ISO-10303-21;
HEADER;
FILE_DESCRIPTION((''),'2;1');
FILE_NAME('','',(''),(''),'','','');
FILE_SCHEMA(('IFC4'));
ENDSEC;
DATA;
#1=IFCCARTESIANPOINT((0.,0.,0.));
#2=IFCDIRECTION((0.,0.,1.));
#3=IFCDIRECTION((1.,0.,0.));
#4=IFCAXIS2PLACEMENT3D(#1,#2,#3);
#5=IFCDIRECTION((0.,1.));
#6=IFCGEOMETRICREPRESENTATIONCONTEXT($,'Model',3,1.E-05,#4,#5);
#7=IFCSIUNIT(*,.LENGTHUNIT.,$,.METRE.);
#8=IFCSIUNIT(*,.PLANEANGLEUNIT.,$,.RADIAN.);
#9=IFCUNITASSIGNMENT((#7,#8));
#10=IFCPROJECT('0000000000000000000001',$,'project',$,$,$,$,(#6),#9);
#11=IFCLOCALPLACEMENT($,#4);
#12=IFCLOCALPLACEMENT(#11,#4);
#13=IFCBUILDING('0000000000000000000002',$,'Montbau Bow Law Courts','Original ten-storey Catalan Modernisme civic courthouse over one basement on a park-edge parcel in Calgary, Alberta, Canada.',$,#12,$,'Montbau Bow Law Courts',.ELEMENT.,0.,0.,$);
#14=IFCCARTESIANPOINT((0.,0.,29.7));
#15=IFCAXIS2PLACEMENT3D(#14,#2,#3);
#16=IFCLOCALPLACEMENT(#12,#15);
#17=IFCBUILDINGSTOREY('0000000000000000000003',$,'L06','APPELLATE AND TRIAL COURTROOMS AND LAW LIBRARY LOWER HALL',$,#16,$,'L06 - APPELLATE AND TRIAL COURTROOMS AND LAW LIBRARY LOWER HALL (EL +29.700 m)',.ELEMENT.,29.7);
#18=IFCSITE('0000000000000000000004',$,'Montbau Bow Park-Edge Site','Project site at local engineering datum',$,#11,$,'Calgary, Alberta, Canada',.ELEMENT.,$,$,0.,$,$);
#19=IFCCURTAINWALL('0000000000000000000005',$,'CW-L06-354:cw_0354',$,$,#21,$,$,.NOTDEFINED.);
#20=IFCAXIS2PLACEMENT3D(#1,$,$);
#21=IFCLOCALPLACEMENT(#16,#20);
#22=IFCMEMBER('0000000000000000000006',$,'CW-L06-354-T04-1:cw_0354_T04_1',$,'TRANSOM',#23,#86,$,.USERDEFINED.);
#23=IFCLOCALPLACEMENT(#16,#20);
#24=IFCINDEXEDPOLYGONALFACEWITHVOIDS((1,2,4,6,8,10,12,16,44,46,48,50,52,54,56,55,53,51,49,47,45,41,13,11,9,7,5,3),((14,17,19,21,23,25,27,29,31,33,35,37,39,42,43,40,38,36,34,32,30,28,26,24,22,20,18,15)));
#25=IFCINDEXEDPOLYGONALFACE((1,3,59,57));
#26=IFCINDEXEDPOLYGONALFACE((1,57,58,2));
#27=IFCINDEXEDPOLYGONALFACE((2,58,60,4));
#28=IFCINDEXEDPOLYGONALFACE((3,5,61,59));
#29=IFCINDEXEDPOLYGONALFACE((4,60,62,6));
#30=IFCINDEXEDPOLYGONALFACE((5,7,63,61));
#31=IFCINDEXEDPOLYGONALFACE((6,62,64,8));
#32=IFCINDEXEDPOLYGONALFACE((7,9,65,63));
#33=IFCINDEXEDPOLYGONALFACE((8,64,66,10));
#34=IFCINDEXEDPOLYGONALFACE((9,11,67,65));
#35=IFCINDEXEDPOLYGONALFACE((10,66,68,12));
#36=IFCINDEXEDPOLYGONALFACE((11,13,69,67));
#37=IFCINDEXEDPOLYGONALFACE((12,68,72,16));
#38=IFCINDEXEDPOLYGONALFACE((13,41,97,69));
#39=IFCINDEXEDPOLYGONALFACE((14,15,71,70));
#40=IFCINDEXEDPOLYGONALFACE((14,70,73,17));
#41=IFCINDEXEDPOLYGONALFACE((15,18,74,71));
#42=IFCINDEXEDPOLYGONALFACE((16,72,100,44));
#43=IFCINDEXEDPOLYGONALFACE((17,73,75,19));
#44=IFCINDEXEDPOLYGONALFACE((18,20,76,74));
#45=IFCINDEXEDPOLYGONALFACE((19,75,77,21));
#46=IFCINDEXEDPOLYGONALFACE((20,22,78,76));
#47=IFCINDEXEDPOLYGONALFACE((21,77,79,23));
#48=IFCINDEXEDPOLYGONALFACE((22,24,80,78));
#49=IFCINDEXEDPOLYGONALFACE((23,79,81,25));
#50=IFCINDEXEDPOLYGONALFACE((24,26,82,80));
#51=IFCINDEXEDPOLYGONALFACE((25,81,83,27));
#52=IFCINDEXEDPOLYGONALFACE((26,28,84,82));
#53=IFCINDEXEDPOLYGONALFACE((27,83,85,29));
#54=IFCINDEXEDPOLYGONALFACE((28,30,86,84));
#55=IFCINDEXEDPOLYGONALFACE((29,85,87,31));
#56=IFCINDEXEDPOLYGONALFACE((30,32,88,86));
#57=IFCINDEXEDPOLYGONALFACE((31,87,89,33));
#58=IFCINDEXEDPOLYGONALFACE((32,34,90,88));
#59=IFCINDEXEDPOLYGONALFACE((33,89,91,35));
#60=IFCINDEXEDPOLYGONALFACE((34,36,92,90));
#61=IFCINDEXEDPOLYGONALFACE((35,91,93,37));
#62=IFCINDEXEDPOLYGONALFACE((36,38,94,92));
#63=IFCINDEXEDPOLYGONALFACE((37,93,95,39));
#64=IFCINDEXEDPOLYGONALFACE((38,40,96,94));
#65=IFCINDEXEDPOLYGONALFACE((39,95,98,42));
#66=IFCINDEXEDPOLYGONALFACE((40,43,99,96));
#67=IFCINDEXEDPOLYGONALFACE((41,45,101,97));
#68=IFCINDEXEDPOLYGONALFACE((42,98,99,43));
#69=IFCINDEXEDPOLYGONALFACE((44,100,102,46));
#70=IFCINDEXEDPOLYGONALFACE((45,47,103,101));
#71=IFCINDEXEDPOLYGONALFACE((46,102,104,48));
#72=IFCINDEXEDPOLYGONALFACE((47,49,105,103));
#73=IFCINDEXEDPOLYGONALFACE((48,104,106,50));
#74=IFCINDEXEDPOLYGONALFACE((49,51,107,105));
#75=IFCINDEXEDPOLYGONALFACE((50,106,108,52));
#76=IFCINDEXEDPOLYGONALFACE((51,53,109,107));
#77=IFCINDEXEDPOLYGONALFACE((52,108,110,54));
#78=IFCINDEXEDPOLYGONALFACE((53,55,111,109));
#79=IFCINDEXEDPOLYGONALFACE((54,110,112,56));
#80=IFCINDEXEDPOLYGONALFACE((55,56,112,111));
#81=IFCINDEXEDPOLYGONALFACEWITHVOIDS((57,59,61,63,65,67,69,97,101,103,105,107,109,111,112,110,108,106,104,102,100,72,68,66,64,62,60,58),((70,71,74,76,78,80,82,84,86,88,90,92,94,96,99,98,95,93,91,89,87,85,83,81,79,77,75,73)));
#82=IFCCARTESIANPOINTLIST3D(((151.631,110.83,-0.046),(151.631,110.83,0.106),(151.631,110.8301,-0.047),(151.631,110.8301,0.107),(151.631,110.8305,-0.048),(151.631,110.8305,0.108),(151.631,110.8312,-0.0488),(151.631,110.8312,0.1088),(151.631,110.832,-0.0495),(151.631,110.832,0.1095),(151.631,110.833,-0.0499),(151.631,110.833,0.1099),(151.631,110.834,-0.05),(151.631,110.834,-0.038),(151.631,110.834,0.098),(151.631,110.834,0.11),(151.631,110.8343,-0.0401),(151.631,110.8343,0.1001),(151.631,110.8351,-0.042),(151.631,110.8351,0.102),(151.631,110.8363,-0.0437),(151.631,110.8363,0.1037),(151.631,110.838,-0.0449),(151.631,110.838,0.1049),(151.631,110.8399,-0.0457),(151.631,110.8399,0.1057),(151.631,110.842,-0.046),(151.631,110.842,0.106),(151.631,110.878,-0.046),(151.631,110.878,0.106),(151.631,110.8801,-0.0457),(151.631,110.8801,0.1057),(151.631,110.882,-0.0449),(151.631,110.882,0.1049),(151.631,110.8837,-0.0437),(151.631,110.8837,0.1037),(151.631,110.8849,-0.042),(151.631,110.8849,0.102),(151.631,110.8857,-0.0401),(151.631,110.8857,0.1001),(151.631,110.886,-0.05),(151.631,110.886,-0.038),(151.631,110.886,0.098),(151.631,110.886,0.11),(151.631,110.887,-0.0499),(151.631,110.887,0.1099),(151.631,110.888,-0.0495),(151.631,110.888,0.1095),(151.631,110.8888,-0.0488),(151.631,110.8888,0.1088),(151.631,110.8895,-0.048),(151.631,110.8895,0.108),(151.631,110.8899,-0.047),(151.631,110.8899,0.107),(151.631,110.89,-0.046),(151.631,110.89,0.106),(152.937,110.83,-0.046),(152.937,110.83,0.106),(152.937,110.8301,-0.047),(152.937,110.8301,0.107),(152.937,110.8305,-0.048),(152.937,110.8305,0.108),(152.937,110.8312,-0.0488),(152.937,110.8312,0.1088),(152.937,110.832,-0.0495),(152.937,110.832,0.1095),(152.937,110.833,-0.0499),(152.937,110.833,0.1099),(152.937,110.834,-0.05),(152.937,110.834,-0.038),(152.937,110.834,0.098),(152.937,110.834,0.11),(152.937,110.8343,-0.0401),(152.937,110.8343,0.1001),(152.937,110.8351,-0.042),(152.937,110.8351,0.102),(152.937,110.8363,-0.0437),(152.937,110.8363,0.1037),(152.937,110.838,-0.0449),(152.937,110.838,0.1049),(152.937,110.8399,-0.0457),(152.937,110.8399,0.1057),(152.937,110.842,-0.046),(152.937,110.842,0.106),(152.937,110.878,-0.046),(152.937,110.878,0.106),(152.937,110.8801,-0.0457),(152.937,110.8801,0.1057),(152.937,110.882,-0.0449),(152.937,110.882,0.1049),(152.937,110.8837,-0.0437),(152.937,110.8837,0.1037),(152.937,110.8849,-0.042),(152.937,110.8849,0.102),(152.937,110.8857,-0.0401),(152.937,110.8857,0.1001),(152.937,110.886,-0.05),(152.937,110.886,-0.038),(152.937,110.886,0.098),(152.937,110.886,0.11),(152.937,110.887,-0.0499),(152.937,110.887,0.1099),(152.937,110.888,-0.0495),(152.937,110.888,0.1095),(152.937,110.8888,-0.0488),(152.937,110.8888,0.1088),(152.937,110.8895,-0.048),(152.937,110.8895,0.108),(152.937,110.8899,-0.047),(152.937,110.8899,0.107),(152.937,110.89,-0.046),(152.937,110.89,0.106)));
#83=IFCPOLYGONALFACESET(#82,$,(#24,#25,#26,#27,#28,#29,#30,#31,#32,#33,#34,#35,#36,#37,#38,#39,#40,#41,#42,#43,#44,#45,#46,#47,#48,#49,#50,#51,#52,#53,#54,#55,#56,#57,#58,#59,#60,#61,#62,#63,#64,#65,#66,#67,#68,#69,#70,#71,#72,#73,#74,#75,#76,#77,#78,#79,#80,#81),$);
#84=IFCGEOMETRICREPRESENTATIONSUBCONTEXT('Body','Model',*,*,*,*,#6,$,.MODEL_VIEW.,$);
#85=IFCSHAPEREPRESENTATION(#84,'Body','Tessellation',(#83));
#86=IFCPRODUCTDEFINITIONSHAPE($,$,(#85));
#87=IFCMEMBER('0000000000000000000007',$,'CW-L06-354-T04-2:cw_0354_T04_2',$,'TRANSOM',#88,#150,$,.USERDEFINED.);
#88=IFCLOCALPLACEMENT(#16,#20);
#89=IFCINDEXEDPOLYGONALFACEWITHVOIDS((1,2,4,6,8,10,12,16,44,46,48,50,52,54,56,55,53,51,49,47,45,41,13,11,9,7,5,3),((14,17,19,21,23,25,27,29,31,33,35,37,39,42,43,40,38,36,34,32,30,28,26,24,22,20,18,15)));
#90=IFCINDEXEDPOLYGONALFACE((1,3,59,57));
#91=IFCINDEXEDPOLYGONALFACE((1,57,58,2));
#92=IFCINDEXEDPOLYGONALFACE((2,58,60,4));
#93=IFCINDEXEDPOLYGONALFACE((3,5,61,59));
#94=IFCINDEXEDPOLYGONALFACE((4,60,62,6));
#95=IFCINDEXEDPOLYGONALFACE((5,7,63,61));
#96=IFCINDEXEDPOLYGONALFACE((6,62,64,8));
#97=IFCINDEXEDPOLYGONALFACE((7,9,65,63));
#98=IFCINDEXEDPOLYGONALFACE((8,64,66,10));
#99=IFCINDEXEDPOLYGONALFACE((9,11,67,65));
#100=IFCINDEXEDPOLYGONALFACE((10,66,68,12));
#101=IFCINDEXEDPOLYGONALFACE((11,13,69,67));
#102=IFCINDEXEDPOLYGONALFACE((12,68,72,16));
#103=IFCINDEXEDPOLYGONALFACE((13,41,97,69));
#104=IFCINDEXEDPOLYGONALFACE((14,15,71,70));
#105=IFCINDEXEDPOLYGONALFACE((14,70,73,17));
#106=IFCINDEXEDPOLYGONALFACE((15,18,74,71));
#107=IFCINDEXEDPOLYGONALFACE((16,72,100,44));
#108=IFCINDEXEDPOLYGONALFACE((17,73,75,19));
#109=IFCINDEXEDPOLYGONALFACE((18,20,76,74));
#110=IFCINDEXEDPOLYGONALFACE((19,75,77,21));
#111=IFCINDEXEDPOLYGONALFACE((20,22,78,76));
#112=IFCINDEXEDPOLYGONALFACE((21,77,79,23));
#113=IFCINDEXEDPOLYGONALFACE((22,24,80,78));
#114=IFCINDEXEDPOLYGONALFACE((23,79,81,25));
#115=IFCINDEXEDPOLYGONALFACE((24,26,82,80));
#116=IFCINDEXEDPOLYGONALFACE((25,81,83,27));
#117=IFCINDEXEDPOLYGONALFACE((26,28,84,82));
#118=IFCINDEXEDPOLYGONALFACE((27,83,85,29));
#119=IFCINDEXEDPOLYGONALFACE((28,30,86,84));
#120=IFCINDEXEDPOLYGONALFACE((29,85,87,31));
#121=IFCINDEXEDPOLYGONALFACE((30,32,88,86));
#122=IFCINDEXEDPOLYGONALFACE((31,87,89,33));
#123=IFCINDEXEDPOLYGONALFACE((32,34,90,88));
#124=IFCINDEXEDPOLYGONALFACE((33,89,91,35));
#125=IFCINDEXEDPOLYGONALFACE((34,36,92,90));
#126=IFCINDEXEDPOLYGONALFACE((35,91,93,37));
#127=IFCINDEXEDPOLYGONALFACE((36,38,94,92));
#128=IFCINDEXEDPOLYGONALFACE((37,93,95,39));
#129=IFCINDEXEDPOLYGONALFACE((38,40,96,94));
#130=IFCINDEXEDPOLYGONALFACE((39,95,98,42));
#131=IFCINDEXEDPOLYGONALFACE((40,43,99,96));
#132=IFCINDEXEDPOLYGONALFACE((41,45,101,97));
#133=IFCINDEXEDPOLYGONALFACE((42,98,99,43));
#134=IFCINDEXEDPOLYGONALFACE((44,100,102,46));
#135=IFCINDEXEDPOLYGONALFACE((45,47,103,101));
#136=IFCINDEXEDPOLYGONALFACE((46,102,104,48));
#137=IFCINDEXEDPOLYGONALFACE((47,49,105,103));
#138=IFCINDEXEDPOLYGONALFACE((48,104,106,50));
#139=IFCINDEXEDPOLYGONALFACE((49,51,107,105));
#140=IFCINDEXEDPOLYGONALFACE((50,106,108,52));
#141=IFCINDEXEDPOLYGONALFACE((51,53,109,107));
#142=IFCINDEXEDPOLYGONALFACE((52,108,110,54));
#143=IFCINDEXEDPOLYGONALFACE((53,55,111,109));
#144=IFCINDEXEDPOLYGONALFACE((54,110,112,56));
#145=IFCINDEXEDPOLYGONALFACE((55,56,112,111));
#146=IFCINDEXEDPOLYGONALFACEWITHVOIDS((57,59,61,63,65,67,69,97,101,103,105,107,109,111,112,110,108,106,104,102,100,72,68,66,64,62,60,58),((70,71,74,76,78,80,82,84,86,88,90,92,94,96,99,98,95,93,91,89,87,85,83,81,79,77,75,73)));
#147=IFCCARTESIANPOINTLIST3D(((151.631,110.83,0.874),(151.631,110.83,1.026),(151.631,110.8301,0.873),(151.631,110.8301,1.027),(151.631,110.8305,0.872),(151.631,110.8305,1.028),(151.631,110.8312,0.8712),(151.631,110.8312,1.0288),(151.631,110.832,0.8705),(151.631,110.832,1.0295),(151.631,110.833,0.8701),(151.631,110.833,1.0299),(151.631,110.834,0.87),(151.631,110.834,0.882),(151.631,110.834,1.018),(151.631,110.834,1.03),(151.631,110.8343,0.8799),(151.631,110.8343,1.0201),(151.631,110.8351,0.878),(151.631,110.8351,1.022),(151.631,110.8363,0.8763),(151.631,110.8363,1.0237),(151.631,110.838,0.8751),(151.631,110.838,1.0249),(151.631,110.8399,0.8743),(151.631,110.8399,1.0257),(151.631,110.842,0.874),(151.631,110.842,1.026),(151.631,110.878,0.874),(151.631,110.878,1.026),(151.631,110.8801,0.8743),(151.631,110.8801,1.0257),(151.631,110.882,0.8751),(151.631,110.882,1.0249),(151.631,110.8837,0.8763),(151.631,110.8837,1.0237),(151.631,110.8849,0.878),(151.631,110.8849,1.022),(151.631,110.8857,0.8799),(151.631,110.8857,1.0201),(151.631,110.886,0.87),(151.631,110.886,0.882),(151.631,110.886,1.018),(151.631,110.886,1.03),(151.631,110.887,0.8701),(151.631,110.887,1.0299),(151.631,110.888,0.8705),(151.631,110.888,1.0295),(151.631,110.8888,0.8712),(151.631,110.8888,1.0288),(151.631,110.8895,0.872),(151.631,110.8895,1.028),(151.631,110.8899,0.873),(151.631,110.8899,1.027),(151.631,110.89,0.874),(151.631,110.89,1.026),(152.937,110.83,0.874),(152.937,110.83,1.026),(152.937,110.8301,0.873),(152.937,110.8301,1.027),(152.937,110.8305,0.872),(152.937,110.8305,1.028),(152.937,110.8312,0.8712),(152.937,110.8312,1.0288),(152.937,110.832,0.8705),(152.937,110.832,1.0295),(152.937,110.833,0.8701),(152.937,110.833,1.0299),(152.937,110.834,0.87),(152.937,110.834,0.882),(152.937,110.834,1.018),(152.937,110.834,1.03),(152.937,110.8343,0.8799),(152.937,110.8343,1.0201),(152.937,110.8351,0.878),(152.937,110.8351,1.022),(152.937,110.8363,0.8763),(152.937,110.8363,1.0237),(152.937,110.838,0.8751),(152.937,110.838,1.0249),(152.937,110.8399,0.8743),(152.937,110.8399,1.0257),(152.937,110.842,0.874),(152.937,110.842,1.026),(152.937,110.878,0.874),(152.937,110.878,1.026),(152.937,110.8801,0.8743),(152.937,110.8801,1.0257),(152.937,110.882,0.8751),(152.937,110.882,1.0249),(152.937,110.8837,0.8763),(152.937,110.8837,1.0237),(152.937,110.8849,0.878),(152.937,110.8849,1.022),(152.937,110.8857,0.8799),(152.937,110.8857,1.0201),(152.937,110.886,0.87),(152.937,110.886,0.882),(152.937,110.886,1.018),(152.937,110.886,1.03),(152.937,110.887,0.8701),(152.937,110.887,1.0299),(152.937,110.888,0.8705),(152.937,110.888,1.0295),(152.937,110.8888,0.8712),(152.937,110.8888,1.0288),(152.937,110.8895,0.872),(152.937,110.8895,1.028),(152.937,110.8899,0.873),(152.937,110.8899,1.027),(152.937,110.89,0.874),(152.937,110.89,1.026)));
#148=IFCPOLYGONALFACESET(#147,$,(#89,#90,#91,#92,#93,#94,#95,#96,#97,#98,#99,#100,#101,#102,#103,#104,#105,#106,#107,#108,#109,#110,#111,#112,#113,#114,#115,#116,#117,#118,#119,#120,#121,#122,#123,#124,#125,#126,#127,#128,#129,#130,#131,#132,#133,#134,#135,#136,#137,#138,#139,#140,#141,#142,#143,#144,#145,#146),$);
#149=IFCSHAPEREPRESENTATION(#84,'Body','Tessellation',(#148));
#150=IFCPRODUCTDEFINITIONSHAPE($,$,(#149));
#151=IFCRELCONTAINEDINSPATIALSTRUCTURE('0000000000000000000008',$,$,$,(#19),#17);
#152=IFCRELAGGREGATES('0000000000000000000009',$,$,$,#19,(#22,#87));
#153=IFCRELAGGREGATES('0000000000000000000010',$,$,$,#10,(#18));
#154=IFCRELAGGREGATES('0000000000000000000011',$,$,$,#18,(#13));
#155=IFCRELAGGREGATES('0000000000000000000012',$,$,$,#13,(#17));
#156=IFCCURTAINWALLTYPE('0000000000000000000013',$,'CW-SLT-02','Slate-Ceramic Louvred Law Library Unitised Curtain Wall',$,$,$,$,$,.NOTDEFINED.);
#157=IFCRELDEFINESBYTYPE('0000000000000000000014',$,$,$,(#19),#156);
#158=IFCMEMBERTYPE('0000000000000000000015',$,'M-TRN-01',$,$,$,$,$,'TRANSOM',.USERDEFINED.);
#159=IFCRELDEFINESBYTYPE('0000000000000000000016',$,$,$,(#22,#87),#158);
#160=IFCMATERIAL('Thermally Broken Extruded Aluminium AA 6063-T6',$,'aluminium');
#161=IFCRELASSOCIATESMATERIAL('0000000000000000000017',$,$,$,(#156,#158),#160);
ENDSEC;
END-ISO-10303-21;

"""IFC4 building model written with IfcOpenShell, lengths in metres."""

from ifc_helpers import new_model, si_unit, direction, frame, origin_with_axes, origin_2d_with_axis, place, context, subcontext, project, spatial, hollow_rectangle, extrude, material, material_profile, profile_set, type_object, element, aggregate, save


model = new_model("IFC4")

# Units and contexts
model_context = context("Model", 3, precision=1e-05, world=origin_with_axes(), true_north=direction((0.0, 1.0)))
body_context = subcontext(model_context, "Body", "Model", "MODEL_VIEW")
ifc_project = project(units=[si_unit("LENGTHUNIT", "METRE"), si_unit("PLANEANGLEUNIT", "RADIAN")], contexts=[model_context])

# Site, building, storey
site_placement = place(None, origin_with_axes())
site = spatial("IfcSite", under=ifc_project, at=site_placement, Name="Montbau Bow Park-Edge Site", Description="Project site at local engineering datum", LongName="Calgary, Alberta, Canada", CompositionType="ELEMENT", RefElevation=0.0)
building_placement = place(site_placement, origin_with_axes())
building = spatial("IfcBuilding", under=site, at=building_placement, Name="Montbau Bow Law Courts", Description="Original ten-storey Catalan Modernisme civic courthouse over one basement on a park-edge parcel in Calgary, Alberta, Canada.", LongName="Montbau Bow Law Courts", CompositionType="ELEMENT", ElevationOfRefHeight=0.0, ElevationOfTerrain=0.0)
storey_placement = place(building_placement, frame((0.0, 0.0, 29.7), z_axis=(0.0, 0.0, 1.0), x_axis=(1.0, 0.0, 0.0)))
storey = spatial("IfcBuildingStorey", under=building, at=storey_placement, Name="L06", Description="APPELLATE AND TRIAL COURTROOMS AND LAW LIBRARY LOWER HALL", LongName="L06 - APPELLATE AND TRIAL COURTROOMS AND LAW LIBRARY LOWER HALL (EL +29.700 m)", CompositionType="ELEMENT", Elevation=29.7)

# Curtain wall, members
ifc_material_1 = material(Name="Thermally Broken Extruded Aluminium AA 6063-T6", Category="aluminium")
curtain_wall_type = type_object("IfcCurtainWallType", Name="CW-SLT-02", Description="Slate-Ceramic Louvred Law Library Unitised Curtain Wall", PredefinedType="NOTDEFINED", material=ifc_material_1)
curtain_wall_placement = place(None, frame((147.44, 110.86, 29.7), z_axis=(0.0, 0.0, 1.0), x_axis=(1.0, 0.0, 0.0)))
curtain_wall = element("IfcCurtainWall", 1, at=curtain_wall_placement, inside=storey, type_object=curtain_wall_type, Name="CW-L06-354:cw_0354", PredefinedType="NOTDEFINED")
ifc_material_profile_1 = material_profile(ifc_material_1, hollow_rectangle(XDim=0.06, YDim=0.16, WallThickness=0.004, InnerFilletRadius=0.008, OuterFilletRadius=0.004, at=origin_2d_with_axis()), Name="CWT-160X60", Category="Main", Priority=0)
ifc_profile_set_1 = profile_set([ifc_material_profile_1], Name="Thermally Broken Extruded Aluminium AA 6063-T6")
member_type_1 = type_object("IfcMemberType", Name="M-TRN-01", ElementType="TRANSOM", PredefinedType="USERDEFINED", material=ifc_profile_set_1)
member_1_placement = place(None, frame((151.631, 110.86, 29.73), z_axis=(1.0, 0.0, 0.0), x_axis=(0.0, 1.0, 0.0)))
member_1 = element("IfcMember", 2, at=member_1_placement, type_object=member_type_1, Name="CW-L06-354-T04-1:cw_0354_T04_1", ObjectType="TRANSOM", PredefinedType="USERDEFINED", context=body_context, shape_type="SweptSolid", body=[
    extrude(hollow_rectangle(XDim=0.06, YDim=0.16, WallThickness=0.004, InnerFilletRadius=0.008, OuterFilletRadius=0.004, at=origin_2d_with_axis()), origin_with_axes(), (0.0, 0.0, 1.0), 1.306),
])
member_2_placement = place(None, frame((151.631, 110.86, 30.65), z_axis=(1.0, 0.0, 0.0), x_axis=(0.0, 1.0, 0.0)))
member_2 = element("IfcMember", 3, at=member_2_placement, type_object=member_type_1, Name="CW-L06-354-T04-2:cw_0354_T04_2", ObjectType="TRANSOM", PredefinedType="USERDEFINED", context=body_context, shape_type="SweptSolid", body=[
    extrude(hollow_rectangle(XDim=0.06, YDim=0.16, WallThickness=0.004, InnerFilletRadius=0.008, OuterFilletRadius=0.004, at=origin_2d_with_axis()), origin_with_axes(), (0.0, 0.0, 1.0), 1.306),
])
aggregate(curtain_wall, [member_1, member_2])

save(model, "model.ifc")
